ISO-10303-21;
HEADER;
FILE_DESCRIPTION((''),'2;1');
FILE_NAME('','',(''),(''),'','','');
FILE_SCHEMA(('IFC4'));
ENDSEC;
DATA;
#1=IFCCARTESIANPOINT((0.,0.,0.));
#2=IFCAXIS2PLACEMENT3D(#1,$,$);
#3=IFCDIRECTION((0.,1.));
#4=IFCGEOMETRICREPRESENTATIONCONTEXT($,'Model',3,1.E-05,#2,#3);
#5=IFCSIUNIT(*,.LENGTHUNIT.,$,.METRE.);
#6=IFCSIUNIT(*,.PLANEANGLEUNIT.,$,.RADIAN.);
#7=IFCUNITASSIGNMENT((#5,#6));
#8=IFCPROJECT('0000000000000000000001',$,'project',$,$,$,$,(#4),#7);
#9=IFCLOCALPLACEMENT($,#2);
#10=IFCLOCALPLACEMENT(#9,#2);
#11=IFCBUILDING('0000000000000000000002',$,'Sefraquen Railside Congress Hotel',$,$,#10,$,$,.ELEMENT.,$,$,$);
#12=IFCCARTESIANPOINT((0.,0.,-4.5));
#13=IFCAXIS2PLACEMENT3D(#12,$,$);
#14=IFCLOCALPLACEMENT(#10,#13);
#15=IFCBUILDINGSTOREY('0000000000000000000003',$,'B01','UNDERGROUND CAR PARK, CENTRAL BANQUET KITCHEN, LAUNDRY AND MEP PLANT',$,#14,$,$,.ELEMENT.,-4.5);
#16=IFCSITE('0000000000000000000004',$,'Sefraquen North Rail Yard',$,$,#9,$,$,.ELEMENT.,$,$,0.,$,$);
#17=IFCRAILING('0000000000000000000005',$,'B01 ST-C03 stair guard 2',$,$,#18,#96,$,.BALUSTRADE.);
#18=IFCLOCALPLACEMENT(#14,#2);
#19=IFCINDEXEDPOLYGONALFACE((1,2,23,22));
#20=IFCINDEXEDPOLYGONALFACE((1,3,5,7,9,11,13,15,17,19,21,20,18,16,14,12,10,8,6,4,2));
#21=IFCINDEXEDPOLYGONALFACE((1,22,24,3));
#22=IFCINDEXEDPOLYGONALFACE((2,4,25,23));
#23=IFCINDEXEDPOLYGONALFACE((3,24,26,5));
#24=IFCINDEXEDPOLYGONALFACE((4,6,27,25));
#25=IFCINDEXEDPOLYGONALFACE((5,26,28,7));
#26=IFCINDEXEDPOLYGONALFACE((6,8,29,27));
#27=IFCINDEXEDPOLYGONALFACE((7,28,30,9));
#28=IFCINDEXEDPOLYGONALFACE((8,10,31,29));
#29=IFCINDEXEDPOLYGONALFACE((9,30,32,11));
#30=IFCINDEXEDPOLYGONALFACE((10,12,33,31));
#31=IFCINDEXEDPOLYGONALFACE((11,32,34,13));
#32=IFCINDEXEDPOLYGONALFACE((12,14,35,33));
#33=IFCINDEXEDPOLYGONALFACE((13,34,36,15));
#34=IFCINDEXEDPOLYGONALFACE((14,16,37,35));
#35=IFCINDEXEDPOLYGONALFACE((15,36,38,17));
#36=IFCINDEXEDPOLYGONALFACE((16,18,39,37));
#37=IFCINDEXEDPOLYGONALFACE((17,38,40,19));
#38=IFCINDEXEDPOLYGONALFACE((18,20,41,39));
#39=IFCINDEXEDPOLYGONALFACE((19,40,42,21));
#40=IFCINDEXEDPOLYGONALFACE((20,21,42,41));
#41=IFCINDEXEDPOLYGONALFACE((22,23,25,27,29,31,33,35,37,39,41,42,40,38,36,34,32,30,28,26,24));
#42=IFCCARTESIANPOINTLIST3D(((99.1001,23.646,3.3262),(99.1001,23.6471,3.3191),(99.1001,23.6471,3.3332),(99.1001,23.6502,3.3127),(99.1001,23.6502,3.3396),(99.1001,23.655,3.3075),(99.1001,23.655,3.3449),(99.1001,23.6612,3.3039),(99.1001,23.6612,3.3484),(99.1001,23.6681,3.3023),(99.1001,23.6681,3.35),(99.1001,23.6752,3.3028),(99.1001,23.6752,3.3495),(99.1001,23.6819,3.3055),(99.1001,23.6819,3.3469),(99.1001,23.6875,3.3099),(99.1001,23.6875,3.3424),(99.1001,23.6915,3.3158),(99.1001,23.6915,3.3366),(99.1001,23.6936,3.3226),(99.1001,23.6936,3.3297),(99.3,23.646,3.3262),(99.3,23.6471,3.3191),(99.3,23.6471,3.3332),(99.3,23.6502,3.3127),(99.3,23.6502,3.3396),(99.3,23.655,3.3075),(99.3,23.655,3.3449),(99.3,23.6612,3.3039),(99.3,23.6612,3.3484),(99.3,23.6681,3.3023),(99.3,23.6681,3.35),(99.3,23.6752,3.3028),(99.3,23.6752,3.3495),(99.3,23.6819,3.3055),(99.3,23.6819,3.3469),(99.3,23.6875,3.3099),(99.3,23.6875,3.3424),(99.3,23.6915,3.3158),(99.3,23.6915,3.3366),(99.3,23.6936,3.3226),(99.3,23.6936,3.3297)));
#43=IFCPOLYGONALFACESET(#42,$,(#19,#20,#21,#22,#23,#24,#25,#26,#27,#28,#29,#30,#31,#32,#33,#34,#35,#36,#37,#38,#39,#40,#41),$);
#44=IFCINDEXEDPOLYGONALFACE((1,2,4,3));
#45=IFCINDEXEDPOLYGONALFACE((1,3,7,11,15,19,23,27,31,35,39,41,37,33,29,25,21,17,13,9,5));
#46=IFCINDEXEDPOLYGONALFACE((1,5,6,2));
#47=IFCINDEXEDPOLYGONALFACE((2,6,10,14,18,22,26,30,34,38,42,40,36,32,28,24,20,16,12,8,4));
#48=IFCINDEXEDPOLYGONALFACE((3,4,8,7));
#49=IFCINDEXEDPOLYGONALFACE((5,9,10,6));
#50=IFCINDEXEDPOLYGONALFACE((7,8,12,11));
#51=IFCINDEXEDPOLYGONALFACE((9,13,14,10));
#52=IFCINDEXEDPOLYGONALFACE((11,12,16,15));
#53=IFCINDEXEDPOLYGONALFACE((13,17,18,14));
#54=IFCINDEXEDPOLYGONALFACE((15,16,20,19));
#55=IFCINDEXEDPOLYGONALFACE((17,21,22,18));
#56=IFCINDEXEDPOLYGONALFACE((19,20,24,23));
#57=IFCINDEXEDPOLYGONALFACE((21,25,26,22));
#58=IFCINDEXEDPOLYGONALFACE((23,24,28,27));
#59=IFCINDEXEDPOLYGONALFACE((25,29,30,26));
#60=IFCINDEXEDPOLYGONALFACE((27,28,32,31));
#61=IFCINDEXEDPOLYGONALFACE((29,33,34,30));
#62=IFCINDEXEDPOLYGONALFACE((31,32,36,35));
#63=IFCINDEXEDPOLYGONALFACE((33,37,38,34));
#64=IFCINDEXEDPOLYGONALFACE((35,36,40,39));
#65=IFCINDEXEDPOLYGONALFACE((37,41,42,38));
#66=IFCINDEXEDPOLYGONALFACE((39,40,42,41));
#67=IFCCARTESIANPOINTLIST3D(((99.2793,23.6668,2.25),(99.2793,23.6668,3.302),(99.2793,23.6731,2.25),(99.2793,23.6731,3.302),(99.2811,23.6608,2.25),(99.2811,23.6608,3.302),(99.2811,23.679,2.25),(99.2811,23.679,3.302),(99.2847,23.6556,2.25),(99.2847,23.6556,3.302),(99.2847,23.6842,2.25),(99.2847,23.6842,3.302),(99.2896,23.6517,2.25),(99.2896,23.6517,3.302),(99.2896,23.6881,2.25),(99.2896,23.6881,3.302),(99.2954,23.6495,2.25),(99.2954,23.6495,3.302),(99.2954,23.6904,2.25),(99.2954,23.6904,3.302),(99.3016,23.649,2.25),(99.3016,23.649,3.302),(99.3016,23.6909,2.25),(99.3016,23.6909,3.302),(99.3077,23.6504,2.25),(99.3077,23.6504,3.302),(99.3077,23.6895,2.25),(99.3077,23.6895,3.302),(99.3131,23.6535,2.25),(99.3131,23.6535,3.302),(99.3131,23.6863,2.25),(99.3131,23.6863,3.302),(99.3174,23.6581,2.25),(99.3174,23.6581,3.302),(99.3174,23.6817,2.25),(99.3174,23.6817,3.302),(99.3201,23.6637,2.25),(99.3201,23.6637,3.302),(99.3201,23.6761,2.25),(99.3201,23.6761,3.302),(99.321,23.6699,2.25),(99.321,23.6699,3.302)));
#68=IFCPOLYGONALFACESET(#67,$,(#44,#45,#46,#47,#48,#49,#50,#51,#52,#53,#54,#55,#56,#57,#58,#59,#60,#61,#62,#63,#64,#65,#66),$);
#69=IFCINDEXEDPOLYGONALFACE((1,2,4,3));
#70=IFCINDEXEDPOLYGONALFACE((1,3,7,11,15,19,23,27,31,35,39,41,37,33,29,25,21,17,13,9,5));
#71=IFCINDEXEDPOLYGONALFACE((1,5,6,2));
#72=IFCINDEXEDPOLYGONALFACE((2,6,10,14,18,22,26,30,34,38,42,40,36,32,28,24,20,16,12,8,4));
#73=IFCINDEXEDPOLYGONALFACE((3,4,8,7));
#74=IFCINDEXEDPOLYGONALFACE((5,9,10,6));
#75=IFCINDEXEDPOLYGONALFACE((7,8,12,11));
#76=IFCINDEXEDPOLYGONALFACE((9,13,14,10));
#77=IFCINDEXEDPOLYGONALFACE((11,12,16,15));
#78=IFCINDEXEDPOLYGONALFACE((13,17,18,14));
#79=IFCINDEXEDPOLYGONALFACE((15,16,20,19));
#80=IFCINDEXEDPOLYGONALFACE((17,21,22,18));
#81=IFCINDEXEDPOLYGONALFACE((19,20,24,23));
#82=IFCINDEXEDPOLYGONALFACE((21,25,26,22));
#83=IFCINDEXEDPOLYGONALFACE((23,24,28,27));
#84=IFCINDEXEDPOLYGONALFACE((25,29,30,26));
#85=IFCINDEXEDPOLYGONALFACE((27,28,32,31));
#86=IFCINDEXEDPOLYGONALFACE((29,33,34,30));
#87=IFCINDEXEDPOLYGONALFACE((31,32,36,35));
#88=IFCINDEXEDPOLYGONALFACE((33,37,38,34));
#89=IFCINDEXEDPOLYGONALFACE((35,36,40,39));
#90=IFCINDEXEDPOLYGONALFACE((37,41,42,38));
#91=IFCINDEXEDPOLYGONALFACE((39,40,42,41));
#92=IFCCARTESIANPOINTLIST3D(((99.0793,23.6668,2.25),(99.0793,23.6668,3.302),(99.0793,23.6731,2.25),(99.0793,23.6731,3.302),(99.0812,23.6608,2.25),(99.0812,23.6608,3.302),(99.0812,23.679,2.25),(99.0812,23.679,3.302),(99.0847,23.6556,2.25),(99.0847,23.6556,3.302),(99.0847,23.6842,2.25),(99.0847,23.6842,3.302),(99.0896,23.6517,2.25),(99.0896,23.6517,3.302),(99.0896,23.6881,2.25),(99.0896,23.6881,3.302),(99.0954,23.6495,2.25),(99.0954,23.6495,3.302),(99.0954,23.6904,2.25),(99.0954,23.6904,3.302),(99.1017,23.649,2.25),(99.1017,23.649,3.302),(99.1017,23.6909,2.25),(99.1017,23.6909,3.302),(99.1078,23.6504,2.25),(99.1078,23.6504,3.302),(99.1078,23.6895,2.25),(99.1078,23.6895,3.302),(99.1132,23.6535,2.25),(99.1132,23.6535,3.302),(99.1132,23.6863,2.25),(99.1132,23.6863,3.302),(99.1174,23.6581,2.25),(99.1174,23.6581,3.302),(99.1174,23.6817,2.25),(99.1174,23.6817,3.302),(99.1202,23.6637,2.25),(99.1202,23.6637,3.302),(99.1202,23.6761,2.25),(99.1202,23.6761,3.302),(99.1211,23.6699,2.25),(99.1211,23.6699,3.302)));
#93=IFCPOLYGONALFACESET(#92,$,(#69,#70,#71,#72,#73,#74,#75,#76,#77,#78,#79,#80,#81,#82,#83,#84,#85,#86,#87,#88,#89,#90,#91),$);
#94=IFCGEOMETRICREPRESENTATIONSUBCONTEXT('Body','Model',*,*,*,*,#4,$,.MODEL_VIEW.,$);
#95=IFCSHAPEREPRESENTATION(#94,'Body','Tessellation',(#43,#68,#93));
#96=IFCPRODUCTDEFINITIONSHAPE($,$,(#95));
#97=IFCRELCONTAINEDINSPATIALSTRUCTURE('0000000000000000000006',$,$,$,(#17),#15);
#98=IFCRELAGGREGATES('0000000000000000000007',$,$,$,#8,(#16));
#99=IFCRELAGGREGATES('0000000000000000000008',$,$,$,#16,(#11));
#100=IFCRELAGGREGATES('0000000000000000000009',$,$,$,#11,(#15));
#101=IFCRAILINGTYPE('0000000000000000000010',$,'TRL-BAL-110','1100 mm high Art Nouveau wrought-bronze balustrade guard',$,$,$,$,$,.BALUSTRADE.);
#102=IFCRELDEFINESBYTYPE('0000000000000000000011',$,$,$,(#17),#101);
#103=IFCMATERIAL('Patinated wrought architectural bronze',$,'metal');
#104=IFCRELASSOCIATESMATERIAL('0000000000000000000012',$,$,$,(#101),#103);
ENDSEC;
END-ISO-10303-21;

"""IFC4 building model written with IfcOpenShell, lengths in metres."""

from ifc_helpers import new_model, si_unit, direction, frame, origin, origin_2d, place, context, subcontext, project, spatial, circle, extrude, material, type_object, element, save


model = new_model("IFC4")

# Units and contexts
model_context = context("Model", 3, precision=1e-05, world=origin(), true_north=direction((0.0, 1.0)))
body_context = subcontext(model_context, "Body", "Model", "MODEL_VIEW")
ifc_project = project(units=[si_unit("LENGTHUNIT", "METRE"), si_unit("PLANEANGLEUNIT", "RADIAN")], contexts=[model_context])

# Site, building, storey
site_placement = place(None, origin())
site = spatial("IfcSite", under=ifc_project, at=site_placement, Name="Sefraquen North Rail Yard", CompositionType="ELEMENT", RefElevation=0.0)
building_placement = place(site_placement, origin())
building = spatial("IfcBuilding", under=site, at=building_placement, Name="Sefraquen Railside Congress Hotel", CompositionType="ELEMENT")
storey_placement = place(building_placement, frame((0.0, 0.0, -4.5)))
storey = spatial("IfcBuildingStorey", under=building, at=storey_placement, Name="B01", Description="UNDERGROUND CAR PARK, CENTRAL BANQUET KITCHEN, LAUNDRY AND MEP PLANT", CompositionType="ELEMENT", Elevation=-4.5)

# Railing
ifc_material_1 = material(Name="Patinated wrought architectural bronze", Category="metal")
railing_type_1 = type_object("IfcRailingType", Name="TRL-BAL-110", Description="1100 mm high Art Nouveau wrought-bronze balustrade guard", PredefinedType="BALUSTRADE", material=ifc_material_1)
railing_1_placement = place(storey_placement, frame((99.3, 23.6699, 2.25)))
element("IfcRailing", 1, at=railing_1_placement, inside=storey, type_object=railing_type_1, Name="B01 ST-C03 stair guard 2", PredefinedType="BALUSTRADE", context=body_context, shape_type="SweptSolid", body=[
    extrude(circle(Radius=0.0239, at=origin_2d()), frame((0.0, 0.0, 1.0762), z_axis=(-1.0, 0.0, 0.0), x_axis=(0.0, -1.0, 0.0)), (0.0, 0.0, 1.0), 0.2),
    extrude(circle(Radius=0.021, at=origin_2d()), origin(), (0.0, 0.0, 1.0), 1.052),
    extrude(circle(Radius=0.021, at=origin_2d()), frame((-0.2, 0.0, 0.0)), (0.0, 0.0, 1.0), 1.052),
])

save(model, "model.ifc")
